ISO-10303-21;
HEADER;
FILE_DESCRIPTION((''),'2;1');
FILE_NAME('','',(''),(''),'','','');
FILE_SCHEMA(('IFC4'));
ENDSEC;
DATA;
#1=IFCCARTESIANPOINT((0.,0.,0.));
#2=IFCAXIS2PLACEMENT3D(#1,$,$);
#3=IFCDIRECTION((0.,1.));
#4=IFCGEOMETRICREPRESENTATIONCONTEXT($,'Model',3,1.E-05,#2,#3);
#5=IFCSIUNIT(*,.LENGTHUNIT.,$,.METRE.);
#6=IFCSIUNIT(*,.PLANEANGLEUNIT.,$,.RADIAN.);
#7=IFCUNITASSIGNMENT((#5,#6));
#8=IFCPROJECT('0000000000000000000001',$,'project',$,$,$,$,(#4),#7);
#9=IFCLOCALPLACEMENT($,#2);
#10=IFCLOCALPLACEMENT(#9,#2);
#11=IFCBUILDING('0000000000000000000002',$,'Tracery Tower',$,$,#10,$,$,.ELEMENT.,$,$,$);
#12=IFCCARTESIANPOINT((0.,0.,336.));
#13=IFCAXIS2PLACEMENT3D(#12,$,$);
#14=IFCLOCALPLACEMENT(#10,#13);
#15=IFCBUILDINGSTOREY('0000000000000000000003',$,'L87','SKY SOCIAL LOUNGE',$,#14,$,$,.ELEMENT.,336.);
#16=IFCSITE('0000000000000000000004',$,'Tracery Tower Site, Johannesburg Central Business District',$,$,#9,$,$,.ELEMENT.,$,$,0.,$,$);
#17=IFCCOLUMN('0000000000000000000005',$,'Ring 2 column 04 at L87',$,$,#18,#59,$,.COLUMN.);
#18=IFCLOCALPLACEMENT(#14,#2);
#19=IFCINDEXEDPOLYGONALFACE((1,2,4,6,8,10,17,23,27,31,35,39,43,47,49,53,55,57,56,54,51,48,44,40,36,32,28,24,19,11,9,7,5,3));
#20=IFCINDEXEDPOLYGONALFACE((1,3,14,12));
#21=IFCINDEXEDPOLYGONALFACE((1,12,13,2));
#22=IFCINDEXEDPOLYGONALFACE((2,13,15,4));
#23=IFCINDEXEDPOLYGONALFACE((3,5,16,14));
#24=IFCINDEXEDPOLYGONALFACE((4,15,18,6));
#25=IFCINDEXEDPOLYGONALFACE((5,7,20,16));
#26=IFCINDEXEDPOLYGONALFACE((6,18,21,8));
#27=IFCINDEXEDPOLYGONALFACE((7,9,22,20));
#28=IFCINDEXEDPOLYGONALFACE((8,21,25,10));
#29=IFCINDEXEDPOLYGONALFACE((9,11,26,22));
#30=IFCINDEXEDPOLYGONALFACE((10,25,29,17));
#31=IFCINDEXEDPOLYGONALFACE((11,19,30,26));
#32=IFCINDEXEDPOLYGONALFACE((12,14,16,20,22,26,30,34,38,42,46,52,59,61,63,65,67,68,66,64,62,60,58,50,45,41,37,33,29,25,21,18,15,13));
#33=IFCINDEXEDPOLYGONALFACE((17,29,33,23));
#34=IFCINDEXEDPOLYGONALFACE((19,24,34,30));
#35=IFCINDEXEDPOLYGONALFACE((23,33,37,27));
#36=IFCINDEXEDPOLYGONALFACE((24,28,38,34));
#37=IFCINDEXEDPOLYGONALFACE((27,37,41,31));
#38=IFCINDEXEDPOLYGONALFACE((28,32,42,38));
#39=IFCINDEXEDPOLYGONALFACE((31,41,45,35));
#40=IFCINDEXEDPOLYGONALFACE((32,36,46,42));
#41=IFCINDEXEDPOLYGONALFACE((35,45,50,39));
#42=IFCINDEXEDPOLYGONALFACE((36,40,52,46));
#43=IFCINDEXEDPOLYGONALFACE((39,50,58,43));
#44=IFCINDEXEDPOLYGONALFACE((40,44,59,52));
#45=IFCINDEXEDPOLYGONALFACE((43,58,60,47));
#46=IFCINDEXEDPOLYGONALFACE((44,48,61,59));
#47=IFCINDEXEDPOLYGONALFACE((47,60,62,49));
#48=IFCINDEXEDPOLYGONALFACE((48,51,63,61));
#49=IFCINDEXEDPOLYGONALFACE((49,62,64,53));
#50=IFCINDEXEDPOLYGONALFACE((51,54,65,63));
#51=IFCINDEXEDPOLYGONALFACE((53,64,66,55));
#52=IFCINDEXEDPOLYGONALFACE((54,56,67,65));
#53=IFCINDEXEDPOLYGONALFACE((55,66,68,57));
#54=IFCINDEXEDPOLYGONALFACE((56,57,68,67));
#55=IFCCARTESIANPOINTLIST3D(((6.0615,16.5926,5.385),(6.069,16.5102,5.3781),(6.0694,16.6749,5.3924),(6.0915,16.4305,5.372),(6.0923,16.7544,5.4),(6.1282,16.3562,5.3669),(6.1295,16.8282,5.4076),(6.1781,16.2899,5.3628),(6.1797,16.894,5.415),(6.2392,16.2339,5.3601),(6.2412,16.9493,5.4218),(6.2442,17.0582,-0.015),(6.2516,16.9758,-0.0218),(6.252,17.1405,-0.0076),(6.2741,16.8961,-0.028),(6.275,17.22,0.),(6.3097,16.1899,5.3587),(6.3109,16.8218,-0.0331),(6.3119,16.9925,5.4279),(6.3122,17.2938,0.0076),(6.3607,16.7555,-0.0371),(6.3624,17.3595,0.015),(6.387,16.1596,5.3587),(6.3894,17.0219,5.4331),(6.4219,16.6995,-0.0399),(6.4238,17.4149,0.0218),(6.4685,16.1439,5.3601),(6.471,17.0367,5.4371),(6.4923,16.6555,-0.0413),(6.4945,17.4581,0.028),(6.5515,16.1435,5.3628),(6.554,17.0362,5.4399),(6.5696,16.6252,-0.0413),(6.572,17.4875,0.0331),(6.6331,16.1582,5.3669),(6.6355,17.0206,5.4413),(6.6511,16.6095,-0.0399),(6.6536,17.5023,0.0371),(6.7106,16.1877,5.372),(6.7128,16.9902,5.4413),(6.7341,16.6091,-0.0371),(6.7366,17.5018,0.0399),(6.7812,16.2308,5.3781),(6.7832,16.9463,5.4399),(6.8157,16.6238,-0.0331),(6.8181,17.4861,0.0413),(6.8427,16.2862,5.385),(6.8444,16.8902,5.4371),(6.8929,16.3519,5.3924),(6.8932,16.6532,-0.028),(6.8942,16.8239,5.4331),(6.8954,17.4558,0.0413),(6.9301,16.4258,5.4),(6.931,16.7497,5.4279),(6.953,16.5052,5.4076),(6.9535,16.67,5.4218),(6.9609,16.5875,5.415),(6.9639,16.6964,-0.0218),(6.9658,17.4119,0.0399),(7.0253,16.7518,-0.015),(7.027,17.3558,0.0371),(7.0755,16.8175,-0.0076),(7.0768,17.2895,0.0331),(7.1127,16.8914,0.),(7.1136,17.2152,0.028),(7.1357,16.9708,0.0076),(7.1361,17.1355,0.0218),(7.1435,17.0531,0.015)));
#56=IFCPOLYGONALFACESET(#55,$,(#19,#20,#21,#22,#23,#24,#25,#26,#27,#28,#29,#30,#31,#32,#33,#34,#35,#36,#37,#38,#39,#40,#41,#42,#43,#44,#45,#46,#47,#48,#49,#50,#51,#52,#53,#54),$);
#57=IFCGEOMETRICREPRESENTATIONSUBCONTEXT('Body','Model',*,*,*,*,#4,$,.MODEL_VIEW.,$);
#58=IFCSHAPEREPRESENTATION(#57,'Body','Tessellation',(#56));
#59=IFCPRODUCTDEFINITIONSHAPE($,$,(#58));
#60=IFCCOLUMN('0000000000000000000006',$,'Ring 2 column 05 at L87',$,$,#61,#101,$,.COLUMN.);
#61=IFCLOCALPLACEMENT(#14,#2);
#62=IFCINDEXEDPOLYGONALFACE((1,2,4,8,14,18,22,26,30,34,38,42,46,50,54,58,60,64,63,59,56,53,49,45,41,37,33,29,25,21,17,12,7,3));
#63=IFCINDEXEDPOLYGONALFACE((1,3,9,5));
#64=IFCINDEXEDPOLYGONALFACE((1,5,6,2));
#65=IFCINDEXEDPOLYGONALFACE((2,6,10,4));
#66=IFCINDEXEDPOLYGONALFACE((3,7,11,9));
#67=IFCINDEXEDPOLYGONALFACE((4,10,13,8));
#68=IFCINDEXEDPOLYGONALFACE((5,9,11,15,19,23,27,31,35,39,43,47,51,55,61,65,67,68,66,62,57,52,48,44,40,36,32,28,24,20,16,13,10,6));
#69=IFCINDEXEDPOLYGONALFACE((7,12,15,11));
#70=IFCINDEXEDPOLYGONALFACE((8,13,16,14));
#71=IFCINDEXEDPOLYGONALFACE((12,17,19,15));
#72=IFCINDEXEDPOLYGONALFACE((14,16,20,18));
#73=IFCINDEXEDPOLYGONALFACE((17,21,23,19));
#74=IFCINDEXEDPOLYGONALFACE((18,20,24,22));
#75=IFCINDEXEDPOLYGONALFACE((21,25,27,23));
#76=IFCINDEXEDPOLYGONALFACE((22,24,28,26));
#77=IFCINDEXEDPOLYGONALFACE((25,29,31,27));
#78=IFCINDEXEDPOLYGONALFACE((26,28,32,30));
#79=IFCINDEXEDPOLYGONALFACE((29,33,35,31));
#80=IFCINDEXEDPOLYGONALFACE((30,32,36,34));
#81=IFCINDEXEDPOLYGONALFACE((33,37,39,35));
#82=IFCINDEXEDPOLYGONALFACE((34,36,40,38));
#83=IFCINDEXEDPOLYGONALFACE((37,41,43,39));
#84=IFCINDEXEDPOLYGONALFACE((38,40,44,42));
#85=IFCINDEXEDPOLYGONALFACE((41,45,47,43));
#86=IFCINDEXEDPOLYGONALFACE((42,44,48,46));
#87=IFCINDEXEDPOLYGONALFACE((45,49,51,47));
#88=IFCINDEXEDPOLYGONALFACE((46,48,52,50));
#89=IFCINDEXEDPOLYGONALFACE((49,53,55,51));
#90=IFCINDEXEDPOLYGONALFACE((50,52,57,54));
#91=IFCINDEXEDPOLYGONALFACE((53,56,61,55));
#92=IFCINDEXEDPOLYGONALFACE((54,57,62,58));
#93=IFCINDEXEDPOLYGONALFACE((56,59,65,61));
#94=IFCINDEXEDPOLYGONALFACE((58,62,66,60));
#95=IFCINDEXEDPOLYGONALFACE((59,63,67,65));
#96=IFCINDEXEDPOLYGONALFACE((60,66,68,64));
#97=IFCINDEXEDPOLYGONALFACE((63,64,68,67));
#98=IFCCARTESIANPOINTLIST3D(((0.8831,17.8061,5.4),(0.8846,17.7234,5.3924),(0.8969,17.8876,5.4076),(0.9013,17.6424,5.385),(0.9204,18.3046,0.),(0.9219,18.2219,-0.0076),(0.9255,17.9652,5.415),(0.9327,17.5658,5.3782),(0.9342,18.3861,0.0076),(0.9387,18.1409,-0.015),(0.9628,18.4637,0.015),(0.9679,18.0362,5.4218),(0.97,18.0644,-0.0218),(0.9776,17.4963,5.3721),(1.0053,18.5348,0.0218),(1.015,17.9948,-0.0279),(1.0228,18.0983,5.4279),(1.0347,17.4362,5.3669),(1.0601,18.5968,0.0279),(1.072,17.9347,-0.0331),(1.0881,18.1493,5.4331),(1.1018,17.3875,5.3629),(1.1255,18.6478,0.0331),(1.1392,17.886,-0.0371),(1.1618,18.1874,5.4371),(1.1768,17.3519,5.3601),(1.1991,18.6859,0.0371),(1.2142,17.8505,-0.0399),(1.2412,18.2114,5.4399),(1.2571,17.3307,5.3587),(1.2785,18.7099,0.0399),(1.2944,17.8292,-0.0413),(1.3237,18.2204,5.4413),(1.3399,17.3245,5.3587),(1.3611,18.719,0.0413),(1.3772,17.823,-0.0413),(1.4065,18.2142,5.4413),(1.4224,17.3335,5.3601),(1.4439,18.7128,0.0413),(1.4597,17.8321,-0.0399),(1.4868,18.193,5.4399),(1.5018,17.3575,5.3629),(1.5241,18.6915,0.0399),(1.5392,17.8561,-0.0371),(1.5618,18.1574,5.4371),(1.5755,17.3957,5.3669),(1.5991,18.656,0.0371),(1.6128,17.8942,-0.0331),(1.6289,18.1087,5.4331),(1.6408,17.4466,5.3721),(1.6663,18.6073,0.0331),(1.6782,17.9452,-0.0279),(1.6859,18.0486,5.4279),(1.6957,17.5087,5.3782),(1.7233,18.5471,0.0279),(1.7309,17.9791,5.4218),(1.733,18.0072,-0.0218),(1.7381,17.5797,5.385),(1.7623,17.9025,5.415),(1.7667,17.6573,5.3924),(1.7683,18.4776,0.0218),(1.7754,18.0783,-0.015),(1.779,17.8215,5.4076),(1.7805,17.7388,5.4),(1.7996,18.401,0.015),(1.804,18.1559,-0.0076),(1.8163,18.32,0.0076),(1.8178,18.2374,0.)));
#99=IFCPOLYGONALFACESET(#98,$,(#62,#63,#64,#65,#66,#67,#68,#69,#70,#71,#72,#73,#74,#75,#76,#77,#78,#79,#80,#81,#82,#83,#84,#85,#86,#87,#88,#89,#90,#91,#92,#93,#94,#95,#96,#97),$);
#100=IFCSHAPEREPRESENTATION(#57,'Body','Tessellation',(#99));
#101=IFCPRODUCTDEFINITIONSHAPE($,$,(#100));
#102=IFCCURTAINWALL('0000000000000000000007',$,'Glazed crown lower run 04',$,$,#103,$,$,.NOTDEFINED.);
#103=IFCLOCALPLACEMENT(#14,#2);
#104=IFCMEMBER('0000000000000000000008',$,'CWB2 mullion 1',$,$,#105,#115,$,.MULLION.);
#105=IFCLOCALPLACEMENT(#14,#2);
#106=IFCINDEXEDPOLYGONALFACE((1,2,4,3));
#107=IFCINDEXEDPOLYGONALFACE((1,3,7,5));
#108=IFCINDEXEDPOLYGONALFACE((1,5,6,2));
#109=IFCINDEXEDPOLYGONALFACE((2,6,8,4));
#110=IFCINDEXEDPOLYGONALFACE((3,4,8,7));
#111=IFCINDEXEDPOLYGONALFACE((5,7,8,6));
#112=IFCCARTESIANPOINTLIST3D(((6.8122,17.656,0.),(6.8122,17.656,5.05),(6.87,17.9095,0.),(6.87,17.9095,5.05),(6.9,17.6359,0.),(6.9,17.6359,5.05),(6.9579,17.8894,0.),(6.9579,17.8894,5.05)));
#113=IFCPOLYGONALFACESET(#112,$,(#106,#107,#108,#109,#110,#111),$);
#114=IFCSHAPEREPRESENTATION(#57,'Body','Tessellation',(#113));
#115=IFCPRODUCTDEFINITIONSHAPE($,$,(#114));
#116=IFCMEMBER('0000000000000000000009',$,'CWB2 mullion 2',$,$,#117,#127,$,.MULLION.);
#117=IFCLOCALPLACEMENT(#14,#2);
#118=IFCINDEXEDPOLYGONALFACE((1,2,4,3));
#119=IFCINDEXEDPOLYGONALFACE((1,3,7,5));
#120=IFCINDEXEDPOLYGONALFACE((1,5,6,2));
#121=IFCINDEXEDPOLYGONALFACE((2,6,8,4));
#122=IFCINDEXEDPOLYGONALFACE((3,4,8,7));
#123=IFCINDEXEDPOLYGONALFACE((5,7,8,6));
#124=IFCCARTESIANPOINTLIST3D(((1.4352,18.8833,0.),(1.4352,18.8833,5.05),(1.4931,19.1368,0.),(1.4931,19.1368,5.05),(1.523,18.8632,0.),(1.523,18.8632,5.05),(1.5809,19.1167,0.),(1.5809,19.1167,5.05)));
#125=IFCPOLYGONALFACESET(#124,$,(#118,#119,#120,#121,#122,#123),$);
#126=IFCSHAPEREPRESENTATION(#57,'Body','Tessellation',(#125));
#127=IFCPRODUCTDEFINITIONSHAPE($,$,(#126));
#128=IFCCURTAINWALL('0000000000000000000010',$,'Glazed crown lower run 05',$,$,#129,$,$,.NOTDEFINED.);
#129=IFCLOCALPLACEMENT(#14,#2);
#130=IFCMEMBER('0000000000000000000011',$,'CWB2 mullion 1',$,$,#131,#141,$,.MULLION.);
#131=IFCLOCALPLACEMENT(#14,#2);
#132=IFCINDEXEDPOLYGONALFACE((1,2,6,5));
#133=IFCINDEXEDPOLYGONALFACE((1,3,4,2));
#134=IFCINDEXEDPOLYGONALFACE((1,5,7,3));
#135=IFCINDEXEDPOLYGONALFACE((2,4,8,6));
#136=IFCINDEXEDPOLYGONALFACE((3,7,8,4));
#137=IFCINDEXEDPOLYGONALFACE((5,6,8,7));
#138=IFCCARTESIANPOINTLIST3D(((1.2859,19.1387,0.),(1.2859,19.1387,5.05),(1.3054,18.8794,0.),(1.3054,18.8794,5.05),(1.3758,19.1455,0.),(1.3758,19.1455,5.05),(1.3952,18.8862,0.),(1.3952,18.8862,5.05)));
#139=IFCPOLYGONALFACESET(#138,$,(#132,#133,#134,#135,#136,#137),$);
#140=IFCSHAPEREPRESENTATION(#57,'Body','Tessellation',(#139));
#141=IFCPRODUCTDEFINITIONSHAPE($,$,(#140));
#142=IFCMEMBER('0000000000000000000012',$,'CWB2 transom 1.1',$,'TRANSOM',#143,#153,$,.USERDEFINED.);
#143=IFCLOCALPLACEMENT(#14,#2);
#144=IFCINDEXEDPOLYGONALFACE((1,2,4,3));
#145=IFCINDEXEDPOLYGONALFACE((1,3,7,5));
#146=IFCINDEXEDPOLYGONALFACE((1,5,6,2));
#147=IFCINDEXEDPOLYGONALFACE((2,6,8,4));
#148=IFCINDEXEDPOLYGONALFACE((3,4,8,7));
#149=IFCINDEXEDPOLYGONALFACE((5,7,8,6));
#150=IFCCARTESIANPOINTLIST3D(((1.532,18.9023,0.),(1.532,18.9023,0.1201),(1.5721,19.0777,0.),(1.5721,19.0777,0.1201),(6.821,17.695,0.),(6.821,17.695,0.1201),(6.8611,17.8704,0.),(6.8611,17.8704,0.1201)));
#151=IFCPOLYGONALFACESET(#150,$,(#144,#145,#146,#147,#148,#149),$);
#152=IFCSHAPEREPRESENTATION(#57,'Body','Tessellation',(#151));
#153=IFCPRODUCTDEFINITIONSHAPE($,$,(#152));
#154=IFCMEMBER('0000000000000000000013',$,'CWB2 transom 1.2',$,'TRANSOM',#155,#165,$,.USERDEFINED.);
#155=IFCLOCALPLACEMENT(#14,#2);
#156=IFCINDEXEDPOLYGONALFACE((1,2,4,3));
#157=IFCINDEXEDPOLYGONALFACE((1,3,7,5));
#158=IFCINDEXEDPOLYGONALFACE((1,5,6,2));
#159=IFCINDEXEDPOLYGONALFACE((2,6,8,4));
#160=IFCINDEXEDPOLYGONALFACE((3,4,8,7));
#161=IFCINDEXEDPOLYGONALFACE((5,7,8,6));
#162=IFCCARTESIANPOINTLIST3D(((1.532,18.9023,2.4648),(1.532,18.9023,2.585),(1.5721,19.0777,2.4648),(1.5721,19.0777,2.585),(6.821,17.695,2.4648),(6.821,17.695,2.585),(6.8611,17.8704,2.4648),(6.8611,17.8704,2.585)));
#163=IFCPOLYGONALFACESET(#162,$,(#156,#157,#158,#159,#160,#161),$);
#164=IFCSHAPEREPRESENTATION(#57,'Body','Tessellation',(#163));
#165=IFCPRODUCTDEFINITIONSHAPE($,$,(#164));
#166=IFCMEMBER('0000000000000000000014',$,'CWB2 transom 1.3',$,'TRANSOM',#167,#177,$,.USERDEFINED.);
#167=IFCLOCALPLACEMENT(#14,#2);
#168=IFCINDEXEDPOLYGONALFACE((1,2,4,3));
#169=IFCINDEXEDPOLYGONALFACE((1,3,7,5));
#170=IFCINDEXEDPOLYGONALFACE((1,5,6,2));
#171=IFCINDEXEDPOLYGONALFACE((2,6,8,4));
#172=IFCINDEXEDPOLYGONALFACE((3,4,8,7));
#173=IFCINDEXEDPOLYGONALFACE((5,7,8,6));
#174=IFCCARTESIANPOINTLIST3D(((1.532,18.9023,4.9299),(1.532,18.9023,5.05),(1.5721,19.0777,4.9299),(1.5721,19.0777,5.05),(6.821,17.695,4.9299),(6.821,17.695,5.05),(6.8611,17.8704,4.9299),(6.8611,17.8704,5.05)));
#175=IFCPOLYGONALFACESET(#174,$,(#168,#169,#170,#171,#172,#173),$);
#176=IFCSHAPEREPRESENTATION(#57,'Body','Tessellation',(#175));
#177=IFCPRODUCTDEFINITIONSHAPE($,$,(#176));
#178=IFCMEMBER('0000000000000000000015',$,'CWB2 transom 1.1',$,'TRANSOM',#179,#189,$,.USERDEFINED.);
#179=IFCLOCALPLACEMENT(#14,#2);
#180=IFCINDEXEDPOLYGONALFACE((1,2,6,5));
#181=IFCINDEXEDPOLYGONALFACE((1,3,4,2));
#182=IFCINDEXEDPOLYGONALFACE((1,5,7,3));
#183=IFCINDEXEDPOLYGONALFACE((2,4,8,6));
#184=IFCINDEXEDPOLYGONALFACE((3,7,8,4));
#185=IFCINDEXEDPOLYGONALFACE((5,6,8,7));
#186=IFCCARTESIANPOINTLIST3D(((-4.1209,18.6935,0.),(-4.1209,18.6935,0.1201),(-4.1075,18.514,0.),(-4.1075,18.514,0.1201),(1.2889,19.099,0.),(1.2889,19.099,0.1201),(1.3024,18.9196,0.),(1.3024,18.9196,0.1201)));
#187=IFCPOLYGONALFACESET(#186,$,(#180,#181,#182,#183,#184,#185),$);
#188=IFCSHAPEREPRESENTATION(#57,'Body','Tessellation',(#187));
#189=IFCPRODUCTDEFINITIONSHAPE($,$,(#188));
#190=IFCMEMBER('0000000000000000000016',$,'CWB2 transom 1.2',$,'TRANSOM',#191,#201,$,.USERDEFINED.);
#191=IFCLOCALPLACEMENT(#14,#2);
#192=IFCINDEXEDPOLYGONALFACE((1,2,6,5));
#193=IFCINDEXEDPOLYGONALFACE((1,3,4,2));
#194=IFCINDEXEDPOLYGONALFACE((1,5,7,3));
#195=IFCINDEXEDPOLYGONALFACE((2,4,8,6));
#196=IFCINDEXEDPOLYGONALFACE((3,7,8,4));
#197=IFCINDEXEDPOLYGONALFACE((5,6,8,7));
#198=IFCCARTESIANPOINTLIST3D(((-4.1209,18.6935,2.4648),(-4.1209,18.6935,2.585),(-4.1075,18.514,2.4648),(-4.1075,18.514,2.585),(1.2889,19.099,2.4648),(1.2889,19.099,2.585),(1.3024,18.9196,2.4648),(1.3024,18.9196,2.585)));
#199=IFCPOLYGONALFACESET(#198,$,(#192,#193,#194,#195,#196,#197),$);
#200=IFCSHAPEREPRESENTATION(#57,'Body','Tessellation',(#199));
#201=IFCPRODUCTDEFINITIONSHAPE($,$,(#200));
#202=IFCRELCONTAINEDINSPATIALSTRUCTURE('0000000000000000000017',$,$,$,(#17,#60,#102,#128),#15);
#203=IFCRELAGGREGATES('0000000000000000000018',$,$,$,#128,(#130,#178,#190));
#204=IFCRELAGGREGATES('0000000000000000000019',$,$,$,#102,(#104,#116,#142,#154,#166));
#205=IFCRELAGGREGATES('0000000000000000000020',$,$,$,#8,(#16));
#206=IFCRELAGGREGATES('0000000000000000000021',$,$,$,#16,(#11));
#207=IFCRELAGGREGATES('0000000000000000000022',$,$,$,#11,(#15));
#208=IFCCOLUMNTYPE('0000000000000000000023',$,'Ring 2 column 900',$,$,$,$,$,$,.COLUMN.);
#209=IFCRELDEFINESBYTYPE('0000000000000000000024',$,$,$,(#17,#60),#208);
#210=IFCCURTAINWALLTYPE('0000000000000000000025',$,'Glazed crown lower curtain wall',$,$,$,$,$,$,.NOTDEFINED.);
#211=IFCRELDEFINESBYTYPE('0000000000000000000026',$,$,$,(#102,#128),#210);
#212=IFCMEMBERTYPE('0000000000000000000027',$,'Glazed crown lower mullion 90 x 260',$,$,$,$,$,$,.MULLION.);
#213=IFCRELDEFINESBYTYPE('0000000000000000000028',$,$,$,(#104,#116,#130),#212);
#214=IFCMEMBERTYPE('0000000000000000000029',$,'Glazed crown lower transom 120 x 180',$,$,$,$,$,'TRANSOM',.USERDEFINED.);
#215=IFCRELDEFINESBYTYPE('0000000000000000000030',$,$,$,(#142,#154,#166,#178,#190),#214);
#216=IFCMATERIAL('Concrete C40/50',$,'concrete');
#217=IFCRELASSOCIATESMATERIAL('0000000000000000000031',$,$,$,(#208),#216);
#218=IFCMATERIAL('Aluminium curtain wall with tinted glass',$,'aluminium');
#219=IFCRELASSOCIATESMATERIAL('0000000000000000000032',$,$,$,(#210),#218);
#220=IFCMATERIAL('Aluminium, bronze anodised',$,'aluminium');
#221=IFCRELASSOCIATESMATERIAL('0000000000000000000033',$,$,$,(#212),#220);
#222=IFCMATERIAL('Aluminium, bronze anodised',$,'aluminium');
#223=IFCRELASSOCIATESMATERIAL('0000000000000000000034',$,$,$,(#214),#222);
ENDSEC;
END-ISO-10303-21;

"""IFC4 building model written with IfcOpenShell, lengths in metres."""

from ifc_helpers import new_model, si_unit, direction, frame, origin, origin_2d, place, context, subcontext, project, spatial, rectangle, circle, extrude, material, material_profile, profile_set, type_object, element, aggregate, save


model = new_model("IFC4")

# Units and contexts
model_context = context("Model", 3, precision=1e-05, world=origin(), true_north=direction((0.0, 1.0)))
body_context = subcontext(model_context, "Body", "Model", "MODEL_VIEW")
ifc_project = project(units=[si_unit("LENGTHUNIT", "METRE"), si_unit("PLANEANGLEUNIT", "RADIAN")], contexts=[model_context])

# Site, building, storey
site_placement = place(None, origin())
site = spatial("IfcSite", under=ifc_project, at=site_placement, Name="Tracery Tower Site, Johannesburg Central Business District", CompositionType="ELEMENT", RefElevation=0.0)
building_placement = place(site_placement, origin())
building = spatial("IfcBuilding", under=site, at=building_placement, Name="Tracery Tower", CompositionType="ELEMENT")
storey_placement = place(building_placement, frame((0.0, 0.0, 336.0)))
storey = spatial("IfcBuildingStorey", under=building, at=storey_placement, Name="L87", Description="SKY SOCIAL LOUNGE", CompositionType="ELEMENT", Elevation=336.0)

# Columns
ifc_material_1 = material(Name="Concrete C40/50", Category="concrete")
ifc_material_profile_1 = material_profile(ifc_material_1, circle(Radius=0.45, at=origin_2d()), Name="RC D900")
ifc_profile_set_1 = profile_set([ifc_material_profile_1], Name="Concrete C40/50")
column_type = type_object("IfcColumnType", Name="Ring 2 column 900", PredefinedType="COLUMN", material=ifc_profile_set_1)
for number, where, z_axis, x_axis, name in (
    (1, (6.6938, 17.0557, 0.0), (-0.033674, -0.085852, 0.995739), (0.930947, -0.365154, 0.0), "Ring 2 column 04 at L87"),
    (2, (1.3691, 18.271, 0.0), (-0.006888, -0.09193, 0.995742), (0.997205, -0.074717, 0.0), "Ring 2 column 05 at L87"),
):
    element("IfcColumn", number, at=place(storey_placement, frame(where, z_axis=z_axis, x_axis=x_axis)), inside=storey, type_object=column_type, Name=name, PredefinedType="COLUMN", context=body_context, shape_type="SweptSolid", body=[
        extrude(circle(Radius=0.45, at=origin_2d()), origin(), (0.0, 0.0, 1.0), 5.4231),
    ])

# Curtain wall, members
ifc_material_2 = material(Name="Aluminium curtain wall with tinted glass", Category="aluminium")
curtain_wall_type = type_object("IfcCurtainWallType", Name="Glazed crown lower curtain wall", PredefinedType="NOTDEFINED", material=ifc_material_2)
curtain_wall_1_placement = place(storey_placement, origin())
curtain_wall_1 = element("IfcCurtainWall", 3, at=curtain_wall_1_placement, inside=storey, type_object=curtain_wall_type, Name="Glazed crown lower run 04", PredefinedType="NOTDEFINED")
ifc_material_3 = material(Name="Aluminium, bronze anodised", Category="aluminium")
ifc_material_profile_2 = material_profile(ifc_material_3, rectangle(XDim=0.26, YDim=0.0901, at=origin_2d()), Name="Glazed crown lower mullion 90 x 260")
ifc_profile_set_2 = profile_set([ifc_material_profile_2], Name="Aluminium, bronze anodised")
member_type_1 = type_object("IfcMemberType", Name="Glazed crown lower mullion 90 x 260", PredefinedType="MULLION", material=ifc_profile_set_2)
member_1_placement = place(storey_placement, frame((6.885, 17.7727, 0.0), z_axis=(0.0, 0.0, 1.0), x_axis=(-0.222528, -0.974926, 0.0)))
member_1 = element("IfcMember", 4, at=member_1_placement, type_object=member_type_1, Name="CWB2 mullion 1", PredefinedType="MULLION", context=body_context, shape_type="SweptSolid", body=[
    extrude(rectangle(XDim=0.26, YDim=0.0901, at=origin_2d()), origin(), (0.0, 0.0, 1.0), 5.05),
])
member_2_placement = place(storey_placement, frame((1.5081, 19.0, 0.0), z_axis=(0.0, 0.0, 1.0), x_axis=(-0.222528, -0.974926, 0.0)))
member_2 = element("IfcMember", 5, at=member_2_placement, type_object=member_type_1, Name="CWB2 mullion 2", PredefinedType="MULLION", context=body_context, shape_type="SweptSolid", body=[
    extrude(rectangle(XDim=0.26, YDim=0.0901, at=origin_2d()), origin(), (0.0, 0.0, 1.0), 5.05),
])

# Curtain wall, member
curtain_wall_2_placement = place(storey_placement, origin())
curtain_wall_2 = element("IfcCurtainWall", 6, at=curtain_wall_2_placement, inside=storey, type_object=curtain_wall_type, Name="Glazed crown lower run 05", PredefinedType="NOTDEFINED")
member_3_placement = place(storey_placement, frame((1.3406, 19.0125, 0.0), z_axis=(0.0, 0.0, 1.0), x_axis=(0.074735, -0.997203, 0.0)))
member_3 = element("IfcMember", 7, at=member_3_placement, type_object=member_type_1, Name="CWB2 mullion 1", PredefinedType="MULLION", context=body_context, shape_type="SweptSolid", body=[
    extrude(rectangle(XDim=0.26, YDim=0.0901, at=origin_2d()), origin(), (0.0, 0.0, 1.0), 5.05),
])

# Members
ifc_material_4 = material(Name="Aluminium, bronze anodised", Category="aluminium")
ifc_material_profile_3 = material_profile(ifc_material_4, rectangle(XDim=0.1799, YDim=0.1201, at=origin_2d()), Name="Glazed crown lower transom 120 x 180")
ifc_profile_set_3 = profile_set([ifc_material_profile_3], Name="Aluminium, bronze anodised")
member_type_2 = type_object("IfcMemberType", Name="Glazed crown lower transom 120 x 180", ElementType="TRANSOM", PredefinedType="USERDEFINED", material=ifc_profile_set_3)
member_4_placement = place(storey_placement, frame((6.8411, 17.7827, 0.0601), z_axis=(-0.974925, 0.222535, 0.0), x_axis=(-0.222535, -0.974925, 0.0)))
member_4 = element("IfcMember", 8, at=member_4_placement, type_object=member_type_2, Name="CWB2 transom 1.1", ObjectType="TRANSOM", PredefinedType="USERDEFINED", context=body_context, shape_type="SweptSolid", body=[
    extrude(rectangle(XDim=0.1799, YDim=0.1201, at=origin_2d()), origin(), (0.0, 0.0, 1.0), 5.425),
])
member_5_placement = place(storey_placement, frame((6.8411, 17.7827, 2.5249), z_axis=(-0.974925, 0.222535, 0.0), x_axis=(-0.222535, -0.974925, 0.0)))
member_5 = element("IfcMember", 9, at=member_5_placement, type_object=member_type_2, Name="CWB2 transom 1.2", ObjectType="TRANSOM", PredefinedType="USERDEFINED", context=body_context, shape_type="SweptSolid", body=[
    extrude(rectangle(XDim=0.1799, YDim=0.1201, at=origin_2d()), origin(), (0.0, 0.0, 1.0), 5.425),
])
member_6_placement = place(storey_placement, frame((6.8411, 17.7827, 4.99), z_axis=(-0.974925, 0.222535, 0.0), x_axis=(-0.222535, -0.974925, 0.0)))
member_6 = element("IfcMember", 10, at=member_6_placement, type_object=member_type_2, Name="CWB2 transom 1.3", ObjectType="TRANSOM", PredefinedType="USERDEFINED", context=body_context, shape_type="SweptSolid", body=[
    extrude(rectangle(XDim=0.1799, YDim=0.1201, at=origin_2d()), origin(), (0.0, 0.0, 1.0), 5.425),
])
member_7_placement = place(storey_placement, frame((1.2957, 19.0093, 0.0601), z_axis=(-0.997202, -0.074749, 0.0), x_axis=(0.074749, -0.997202, 0.0)))
member_7 = element("IfcMember", 11, at=member_7_placement, type_object=member_type_2, Name="CWB2 transom 1.1", ObjectType="TRANSOM", PredefinedType="USERDEFINED", context=body_context, shape_type="SweptSolid", body=[
    extrude(rectangle(XDim=0.1799, YDim=0.1201, at=origin_2d()), origin(), (0.0, 0.0, 1.0), 5.425),
])
member_8_placement = place(storey_placement, frame((1.2957, 19.0093, 2.5249), z_axis=(-0.997202, -0.074749, 0.0), x_axis=(0.074749, -0.997202, 0.0)))
member_8 = element("IfcMember", 12, at=member_8_placement, type_object=member_type_2, Name="CWB2 transom 1.2", ObjectType="TRANSOM", PredefinedType="USERDEFINED", context=body_context, shape_type="SweptSolid", body=[
    extrude(rectangle(XDim=0.1799, YDim=0.1201, at=origin_2d()), origin(), (0.0, 0.0, 1.0), 5.425),
])
aggregate(curtain_wall_2, [member_3, member_7, member_8])

aggregate(curtain_wall_1, [member_1, member_2, member_4, member_5, member_6])

save(model, "model.ifc")
